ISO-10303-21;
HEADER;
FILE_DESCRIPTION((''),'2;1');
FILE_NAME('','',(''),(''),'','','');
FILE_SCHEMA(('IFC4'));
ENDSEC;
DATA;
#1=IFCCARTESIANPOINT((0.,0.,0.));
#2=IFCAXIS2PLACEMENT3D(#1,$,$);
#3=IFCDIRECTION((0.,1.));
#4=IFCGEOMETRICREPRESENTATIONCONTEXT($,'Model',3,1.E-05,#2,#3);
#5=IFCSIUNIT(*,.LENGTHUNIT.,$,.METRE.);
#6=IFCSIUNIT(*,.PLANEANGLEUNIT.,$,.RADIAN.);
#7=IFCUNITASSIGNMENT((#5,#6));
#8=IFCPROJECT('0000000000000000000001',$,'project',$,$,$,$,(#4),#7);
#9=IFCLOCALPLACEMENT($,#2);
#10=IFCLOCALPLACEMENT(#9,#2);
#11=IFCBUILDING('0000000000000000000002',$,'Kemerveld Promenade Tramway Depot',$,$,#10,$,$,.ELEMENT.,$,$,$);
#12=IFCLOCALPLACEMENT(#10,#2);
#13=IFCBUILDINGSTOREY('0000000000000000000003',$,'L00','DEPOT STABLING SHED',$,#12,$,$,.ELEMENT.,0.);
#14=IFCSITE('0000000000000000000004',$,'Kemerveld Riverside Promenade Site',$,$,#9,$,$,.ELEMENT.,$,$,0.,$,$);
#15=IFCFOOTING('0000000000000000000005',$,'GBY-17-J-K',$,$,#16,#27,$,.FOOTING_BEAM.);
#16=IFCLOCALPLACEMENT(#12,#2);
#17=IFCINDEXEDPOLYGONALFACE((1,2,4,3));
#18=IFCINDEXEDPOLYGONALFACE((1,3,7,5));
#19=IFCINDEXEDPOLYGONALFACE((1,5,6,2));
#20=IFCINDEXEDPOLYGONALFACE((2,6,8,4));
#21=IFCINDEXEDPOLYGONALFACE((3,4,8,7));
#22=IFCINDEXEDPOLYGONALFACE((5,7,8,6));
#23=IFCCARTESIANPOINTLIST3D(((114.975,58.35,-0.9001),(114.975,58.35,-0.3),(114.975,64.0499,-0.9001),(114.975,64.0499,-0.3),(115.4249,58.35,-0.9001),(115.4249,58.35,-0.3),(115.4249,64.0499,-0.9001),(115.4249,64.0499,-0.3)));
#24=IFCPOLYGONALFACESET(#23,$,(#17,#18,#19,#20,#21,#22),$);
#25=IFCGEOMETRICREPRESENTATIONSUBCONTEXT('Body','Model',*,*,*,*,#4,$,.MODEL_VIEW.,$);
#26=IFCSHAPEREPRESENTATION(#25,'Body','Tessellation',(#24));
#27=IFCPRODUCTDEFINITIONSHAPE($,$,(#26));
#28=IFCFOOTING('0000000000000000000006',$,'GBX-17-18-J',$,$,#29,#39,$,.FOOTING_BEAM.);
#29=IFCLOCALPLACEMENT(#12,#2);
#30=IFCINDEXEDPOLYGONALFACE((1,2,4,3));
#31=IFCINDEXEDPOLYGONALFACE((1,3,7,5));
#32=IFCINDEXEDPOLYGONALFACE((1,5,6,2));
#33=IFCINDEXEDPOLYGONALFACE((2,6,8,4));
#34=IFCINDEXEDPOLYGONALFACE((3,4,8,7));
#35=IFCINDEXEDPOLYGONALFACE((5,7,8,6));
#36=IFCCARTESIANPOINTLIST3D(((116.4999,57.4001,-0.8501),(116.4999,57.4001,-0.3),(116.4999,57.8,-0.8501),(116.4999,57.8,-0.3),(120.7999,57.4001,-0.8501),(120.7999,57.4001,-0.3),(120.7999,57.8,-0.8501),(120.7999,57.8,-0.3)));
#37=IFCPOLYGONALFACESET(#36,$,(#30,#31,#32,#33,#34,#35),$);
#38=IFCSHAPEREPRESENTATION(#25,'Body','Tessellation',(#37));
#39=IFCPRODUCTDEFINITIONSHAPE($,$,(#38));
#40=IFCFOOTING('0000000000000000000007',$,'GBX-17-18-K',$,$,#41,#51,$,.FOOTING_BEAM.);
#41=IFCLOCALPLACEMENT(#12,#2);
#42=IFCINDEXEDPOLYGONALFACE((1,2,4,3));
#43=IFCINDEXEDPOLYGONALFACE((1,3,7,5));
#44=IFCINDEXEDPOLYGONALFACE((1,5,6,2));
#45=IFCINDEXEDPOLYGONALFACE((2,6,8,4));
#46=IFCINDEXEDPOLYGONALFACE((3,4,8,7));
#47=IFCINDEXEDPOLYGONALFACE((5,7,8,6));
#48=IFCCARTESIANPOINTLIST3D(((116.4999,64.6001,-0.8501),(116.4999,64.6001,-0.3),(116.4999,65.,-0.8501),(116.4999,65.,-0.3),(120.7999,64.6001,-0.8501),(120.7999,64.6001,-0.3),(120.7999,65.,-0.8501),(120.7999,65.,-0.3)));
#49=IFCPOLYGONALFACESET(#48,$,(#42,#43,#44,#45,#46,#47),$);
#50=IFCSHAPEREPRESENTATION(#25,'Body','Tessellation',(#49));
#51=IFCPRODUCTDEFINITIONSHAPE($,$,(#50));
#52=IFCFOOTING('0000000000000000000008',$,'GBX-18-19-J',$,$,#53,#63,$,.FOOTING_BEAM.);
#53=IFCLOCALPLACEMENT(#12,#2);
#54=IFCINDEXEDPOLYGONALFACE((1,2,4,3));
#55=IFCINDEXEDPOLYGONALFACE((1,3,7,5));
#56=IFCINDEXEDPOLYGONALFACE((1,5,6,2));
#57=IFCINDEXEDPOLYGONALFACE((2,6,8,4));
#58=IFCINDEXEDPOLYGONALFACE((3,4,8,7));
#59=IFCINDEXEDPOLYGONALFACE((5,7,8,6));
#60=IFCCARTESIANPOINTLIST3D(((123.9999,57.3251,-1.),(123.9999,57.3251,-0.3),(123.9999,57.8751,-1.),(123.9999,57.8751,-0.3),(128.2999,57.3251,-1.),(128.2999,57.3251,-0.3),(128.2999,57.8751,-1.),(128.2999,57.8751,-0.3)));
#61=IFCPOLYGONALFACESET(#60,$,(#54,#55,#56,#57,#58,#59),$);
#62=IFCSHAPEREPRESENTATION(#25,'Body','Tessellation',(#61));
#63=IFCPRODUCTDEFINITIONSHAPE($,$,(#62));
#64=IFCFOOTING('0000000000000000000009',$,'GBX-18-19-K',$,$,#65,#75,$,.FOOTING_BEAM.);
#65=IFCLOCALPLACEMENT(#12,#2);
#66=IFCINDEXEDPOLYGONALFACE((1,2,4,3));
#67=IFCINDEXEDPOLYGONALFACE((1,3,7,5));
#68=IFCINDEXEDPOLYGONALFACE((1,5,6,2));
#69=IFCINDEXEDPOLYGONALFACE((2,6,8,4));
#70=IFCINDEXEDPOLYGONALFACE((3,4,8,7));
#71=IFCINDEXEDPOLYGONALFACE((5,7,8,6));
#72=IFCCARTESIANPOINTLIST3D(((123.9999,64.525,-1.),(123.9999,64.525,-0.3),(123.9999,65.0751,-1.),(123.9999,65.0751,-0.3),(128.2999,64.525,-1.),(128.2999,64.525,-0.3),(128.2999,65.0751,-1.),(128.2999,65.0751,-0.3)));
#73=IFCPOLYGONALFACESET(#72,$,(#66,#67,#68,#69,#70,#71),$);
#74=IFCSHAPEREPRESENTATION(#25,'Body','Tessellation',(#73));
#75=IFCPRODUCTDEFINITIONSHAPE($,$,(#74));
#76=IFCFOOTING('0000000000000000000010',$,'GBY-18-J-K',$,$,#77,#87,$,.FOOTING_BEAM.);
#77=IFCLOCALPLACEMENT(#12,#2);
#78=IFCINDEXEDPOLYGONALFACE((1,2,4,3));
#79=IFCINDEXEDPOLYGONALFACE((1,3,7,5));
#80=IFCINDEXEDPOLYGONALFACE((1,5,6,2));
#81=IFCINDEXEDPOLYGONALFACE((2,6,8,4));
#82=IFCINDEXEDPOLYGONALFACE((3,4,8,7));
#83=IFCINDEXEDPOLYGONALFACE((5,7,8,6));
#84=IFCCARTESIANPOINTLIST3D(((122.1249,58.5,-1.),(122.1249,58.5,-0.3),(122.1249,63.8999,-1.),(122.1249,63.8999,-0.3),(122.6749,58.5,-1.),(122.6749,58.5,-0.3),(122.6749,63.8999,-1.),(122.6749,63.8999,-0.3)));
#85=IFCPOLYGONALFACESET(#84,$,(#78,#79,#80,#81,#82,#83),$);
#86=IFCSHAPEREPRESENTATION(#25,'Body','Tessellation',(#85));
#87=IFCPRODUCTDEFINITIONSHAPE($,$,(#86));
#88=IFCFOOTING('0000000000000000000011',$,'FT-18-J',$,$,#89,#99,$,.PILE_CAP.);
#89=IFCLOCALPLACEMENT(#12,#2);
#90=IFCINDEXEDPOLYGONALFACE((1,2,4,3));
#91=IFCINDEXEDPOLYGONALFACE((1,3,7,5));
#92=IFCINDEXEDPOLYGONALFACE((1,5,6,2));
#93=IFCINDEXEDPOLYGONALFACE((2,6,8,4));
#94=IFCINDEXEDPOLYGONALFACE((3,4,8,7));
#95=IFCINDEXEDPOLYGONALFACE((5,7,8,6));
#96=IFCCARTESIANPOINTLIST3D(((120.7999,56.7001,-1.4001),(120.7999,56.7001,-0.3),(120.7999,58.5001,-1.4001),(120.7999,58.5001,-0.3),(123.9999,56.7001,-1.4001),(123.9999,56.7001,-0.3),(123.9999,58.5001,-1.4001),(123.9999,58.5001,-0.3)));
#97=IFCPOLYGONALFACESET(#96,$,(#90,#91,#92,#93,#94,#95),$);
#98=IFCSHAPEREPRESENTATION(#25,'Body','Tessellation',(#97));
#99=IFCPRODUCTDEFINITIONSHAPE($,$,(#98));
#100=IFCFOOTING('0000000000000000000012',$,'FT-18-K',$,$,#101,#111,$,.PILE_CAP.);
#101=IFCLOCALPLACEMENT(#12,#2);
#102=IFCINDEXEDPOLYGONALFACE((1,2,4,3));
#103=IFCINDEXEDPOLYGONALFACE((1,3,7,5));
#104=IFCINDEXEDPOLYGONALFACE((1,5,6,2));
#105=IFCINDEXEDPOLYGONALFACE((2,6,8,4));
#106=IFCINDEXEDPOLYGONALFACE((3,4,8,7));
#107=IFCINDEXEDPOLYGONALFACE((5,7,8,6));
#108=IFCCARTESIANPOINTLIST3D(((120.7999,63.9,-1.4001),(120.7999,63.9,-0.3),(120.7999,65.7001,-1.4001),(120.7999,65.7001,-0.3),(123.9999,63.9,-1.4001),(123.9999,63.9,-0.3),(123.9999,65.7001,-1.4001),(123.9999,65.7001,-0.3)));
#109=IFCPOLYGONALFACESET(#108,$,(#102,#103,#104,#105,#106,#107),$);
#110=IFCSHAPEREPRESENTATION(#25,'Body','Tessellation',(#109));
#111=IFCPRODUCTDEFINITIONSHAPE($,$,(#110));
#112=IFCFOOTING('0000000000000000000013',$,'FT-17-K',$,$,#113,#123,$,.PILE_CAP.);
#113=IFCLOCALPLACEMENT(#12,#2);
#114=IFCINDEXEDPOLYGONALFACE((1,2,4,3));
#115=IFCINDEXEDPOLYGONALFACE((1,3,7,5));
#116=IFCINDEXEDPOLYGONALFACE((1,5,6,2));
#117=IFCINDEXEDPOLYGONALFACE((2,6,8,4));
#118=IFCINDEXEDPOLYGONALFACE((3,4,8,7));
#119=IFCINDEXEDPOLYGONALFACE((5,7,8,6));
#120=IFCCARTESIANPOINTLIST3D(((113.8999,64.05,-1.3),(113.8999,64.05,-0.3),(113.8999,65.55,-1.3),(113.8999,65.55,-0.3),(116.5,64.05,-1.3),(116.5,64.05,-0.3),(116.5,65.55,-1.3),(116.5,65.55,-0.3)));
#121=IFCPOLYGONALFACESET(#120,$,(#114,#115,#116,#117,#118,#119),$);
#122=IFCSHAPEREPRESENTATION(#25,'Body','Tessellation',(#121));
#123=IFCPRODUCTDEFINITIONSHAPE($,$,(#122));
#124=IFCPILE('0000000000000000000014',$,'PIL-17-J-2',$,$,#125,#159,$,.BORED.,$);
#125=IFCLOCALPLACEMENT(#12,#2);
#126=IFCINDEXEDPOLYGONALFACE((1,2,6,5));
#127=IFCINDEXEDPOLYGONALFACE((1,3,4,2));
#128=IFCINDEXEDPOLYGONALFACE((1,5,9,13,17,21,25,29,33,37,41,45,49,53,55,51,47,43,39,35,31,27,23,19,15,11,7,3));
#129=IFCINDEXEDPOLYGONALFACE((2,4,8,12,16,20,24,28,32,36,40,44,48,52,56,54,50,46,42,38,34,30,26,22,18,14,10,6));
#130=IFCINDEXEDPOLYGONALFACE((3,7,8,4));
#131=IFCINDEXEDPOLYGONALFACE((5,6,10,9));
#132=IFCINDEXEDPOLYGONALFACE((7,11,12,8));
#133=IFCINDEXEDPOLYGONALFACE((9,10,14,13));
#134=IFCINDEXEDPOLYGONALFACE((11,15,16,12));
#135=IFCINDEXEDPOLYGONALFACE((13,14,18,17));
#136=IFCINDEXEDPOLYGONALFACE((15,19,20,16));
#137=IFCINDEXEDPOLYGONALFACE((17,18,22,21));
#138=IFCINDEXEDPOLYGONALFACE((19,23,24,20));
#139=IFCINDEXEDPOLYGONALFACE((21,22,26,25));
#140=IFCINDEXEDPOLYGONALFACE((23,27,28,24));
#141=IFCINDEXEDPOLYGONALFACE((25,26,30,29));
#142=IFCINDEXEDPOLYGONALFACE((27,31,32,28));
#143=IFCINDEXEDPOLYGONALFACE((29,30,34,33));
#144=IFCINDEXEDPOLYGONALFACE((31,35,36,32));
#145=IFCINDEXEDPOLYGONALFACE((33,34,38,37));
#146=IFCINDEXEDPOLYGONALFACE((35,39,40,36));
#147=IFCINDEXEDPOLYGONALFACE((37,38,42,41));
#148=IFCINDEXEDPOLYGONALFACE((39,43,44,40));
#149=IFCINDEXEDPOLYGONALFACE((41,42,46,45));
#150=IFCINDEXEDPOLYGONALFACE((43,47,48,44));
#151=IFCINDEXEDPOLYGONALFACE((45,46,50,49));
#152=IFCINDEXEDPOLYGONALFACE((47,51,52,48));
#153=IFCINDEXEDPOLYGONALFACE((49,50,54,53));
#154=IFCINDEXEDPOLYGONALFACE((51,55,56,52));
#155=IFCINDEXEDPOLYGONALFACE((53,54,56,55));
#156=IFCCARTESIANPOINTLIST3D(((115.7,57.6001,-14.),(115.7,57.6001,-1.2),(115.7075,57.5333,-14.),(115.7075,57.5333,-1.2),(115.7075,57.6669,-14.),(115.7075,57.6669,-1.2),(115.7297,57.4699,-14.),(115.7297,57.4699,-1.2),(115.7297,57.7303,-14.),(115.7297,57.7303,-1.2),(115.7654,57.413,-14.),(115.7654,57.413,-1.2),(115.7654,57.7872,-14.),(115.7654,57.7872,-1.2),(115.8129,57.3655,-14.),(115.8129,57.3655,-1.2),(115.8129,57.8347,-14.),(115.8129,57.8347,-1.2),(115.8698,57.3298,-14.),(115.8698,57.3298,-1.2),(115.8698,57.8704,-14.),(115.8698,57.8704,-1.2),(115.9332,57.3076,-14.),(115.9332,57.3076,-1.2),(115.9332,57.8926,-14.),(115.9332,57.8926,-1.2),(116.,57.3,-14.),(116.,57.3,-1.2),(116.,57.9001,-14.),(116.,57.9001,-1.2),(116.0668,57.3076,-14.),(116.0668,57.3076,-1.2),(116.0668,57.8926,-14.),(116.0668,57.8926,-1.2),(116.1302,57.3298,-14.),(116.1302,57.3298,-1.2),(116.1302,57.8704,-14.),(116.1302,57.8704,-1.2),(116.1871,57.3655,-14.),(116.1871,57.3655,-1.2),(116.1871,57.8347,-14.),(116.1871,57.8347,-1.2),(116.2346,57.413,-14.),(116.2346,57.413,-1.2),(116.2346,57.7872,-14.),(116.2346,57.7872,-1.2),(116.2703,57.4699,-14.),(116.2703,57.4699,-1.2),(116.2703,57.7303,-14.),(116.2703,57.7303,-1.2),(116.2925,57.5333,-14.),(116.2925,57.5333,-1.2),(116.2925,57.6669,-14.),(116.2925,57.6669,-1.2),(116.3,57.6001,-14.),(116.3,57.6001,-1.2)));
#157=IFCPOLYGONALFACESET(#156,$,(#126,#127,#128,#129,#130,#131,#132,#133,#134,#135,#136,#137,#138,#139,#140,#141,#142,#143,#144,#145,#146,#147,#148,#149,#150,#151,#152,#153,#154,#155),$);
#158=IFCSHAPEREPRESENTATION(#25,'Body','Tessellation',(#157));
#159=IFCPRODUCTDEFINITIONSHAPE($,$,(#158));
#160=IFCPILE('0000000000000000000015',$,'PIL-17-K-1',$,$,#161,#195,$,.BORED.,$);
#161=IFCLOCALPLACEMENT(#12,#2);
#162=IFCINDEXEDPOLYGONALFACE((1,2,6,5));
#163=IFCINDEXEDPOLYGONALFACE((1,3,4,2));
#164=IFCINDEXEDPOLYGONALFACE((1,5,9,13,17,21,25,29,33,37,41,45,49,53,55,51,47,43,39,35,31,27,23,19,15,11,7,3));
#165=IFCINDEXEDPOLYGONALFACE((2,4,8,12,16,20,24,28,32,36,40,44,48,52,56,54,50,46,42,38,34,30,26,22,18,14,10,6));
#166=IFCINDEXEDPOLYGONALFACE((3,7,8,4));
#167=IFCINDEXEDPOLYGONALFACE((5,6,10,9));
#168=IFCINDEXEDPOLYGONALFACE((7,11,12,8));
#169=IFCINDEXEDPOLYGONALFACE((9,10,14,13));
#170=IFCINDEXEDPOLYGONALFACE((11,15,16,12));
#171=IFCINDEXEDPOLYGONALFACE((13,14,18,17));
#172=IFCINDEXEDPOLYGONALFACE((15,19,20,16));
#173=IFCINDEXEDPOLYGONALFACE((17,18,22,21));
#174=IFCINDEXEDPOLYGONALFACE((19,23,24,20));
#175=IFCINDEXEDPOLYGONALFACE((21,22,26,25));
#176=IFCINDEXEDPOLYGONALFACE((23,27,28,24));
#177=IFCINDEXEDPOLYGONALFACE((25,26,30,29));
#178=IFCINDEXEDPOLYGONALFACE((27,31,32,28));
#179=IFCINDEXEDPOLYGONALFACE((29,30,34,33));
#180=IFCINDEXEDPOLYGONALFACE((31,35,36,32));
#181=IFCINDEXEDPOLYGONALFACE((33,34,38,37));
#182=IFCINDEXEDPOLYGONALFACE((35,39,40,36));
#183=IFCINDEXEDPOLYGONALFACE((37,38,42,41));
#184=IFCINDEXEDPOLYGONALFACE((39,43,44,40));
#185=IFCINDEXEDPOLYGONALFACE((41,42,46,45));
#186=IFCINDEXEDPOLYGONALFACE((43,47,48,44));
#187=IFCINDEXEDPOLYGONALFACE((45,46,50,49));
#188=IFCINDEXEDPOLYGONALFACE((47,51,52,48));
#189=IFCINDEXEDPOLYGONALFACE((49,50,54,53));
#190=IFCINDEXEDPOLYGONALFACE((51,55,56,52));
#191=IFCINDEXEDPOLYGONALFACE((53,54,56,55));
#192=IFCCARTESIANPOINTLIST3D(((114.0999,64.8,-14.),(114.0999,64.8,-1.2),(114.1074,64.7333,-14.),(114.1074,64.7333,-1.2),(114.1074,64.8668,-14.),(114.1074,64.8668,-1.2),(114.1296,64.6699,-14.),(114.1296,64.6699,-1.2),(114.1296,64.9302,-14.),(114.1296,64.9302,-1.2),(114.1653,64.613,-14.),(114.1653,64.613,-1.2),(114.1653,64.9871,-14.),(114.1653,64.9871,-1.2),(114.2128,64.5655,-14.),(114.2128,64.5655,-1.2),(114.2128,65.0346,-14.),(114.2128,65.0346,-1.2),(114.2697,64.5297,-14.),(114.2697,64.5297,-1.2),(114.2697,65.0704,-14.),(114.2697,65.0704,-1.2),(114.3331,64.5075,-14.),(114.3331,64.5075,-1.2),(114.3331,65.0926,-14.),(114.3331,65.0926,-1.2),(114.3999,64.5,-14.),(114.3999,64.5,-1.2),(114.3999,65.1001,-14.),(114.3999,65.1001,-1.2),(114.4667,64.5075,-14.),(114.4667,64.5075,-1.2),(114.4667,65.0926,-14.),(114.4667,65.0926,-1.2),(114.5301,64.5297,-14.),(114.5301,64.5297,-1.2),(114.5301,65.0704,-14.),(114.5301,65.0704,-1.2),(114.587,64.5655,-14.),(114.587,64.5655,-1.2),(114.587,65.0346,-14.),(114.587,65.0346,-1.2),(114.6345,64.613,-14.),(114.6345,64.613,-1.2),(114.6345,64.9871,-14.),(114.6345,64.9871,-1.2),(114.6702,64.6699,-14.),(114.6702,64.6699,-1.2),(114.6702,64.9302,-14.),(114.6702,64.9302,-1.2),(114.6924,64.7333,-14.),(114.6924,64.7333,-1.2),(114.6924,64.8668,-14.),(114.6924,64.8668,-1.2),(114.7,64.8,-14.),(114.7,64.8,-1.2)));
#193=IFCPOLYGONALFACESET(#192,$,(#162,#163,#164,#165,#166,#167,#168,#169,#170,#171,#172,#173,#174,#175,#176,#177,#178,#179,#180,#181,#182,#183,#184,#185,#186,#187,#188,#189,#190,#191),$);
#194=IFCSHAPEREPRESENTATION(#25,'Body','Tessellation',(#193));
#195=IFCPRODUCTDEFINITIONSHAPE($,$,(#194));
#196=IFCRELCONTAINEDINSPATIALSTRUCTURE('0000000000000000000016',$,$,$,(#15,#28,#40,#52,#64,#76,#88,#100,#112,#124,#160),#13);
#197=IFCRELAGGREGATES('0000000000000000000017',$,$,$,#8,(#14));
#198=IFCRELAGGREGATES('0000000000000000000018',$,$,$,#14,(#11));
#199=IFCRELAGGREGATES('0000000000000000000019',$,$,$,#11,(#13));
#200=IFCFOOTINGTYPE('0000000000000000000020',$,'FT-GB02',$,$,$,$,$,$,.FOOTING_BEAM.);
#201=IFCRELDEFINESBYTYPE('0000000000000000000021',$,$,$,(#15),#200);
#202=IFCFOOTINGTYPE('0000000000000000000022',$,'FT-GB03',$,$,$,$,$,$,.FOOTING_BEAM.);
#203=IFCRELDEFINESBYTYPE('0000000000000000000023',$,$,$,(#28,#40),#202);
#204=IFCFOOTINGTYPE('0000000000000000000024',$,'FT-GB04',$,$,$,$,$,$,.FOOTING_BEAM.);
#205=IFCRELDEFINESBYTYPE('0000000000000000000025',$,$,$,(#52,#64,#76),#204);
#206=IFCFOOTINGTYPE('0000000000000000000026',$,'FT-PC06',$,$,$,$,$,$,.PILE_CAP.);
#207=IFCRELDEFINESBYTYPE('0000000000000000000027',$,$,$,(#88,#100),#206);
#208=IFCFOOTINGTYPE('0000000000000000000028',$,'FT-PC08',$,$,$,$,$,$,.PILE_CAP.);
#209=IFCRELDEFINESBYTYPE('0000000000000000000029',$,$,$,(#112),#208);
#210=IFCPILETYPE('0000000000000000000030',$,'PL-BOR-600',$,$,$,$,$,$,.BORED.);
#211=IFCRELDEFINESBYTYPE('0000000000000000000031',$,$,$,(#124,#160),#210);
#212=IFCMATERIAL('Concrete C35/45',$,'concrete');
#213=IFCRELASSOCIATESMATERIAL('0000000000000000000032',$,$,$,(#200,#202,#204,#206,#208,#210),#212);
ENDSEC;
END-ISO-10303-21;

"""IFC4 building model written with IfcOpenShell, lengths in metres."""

from ifc_helpers import new_model, si_unit, direction, frame, origin, origin_2d, place, context, subcontext, project, spatial, rectangle, circle, extrude, material, material_profile, profile_set, type_object, element, save


model = new_model("IFC4")

# Units and contexts
model_context = context("Model", 3, precision=1e-05, world=origin(), true_north=direction((0.0, 1.0)))
body_context = subcontext(model_context, "Body", "Model", "MODEL_VIEW")
ifc_project = project(units=[si_unit("LENGTHUNIT", "METRE"), si_unit("PLANEANGLEUNIT", "RADIAN")], contexts=[model_context])

# Site, building, storey
site_placement = place(None, origin())
site = spatial("IfcSite", under=ifc_project, at=site_placement, Name="Kemerveld Riverside Promenade Site", CompositionType="ELEMENT", RefElevation=0.0)
building_placement = place(site_placement, origin())
building = spatial("IfcBuilding", under=site, at=building_placement, Name="Kemerveld Promenade Tramway Depot", CompositionType="ELEMENT")
storey_placement = place(building_placement, origin())
storey = spatial("IfcBuildingStorey", under=building, at=storey_placement, Name="L00", Description="DEPOT STABLING SHED", CompositionType="ELEMENT", Elevation=0.0)

# Footings
ifc_material_1 = material(Name="Concrete C35/45", Category="concrete")
footing_type_1 = type_object("IfcFootingType", Name="FT-GB02", PredefinedType="FOOTING_BEAM", material=ifc_material_1)
footing_1_placement = place(storey_placement, frame((115.2, 61.2, -0.9001), z_axis=(0.0, 0.0, 1.0), x_axis=(0.0, 1.0, 0.0)))
element("IfcFooting", 1, at=footing_1_placement, inside=storey, type_object=footing_type_1, Name="GBY-17-J-K", PredefinedType="FOOTING_BEAM", context=body_context, shape_type="SweptSolid", body=[
    extrude(rectangle(XDim=5.7, YDim=0.45, at=origin_2d()), origin(), (0.0, 0.0, 1.0), 0.6001),
])
footing_type_2 = type_object("IfcFootingType", Name="FT-GB03", PredefinedType="FOOTING_BEAM", material=ifc_material_1)
for number, where, z_axis, x_axis, name in (
    (2, (118.6499, 57.6001, -0.8501), (0.0, 0.0, 1.0), (1.0, 0.0, 0.0), "GBX-17-18-J"),
    (3, (118.6499, 64.8, -0.8501), (0.0, 0.0, 1.0), (1.0, 0.0, 0.0), "GBX-17-18-K"),
):
    element("IfcFooting", number, at=place(storey_placement, frame(where, z_axis=z_axis, x_axis=x_axis)), inside=storey, type_object=footing_type_2, Name=name, PredefinedType="FOOTING_BEAM", context=body_context, shape_type="SweptSolid", body=[
        extrude(rectangle(XDim=4.3, YDim=0.3999, at=origin_2d()), origin(), (0.0, 0.0, 1.0), 0.55),
    ])
footing_type_3 = type_object("IfcFootingType", Name="FT-GB04", PredefinedType="FOOTING_BEAM", material=ifc_material_1)
for number, where, z_axis, x_axis, name in (
    (4, (126.1499, 57.6001, -1.0), (0.0, 0.0, 1.0), (1.0, 0.0, 0.0), "GBX-18-19-J"),
    (5, (126.1499, 64.8, -1.0), (0.0, 0.0, 1.0), (1.0, 0.0, 0.0), "GBX-18-19-K"),
):
    element("IfcFooting", number, at=place(storey_placement, frame(where, z_axis=z_axis, x_axis=x_axis)), inside=storey, type_object=footing_type_3, Name=name, PredefinedType="FOOTING_BEAM", context=body_context, shape_type="SweptSolid", body=[
        extrude(rectangle(XDim=4.3, YDim=0.55, at=origin_2d()), origin(), (0.0, 0.0, 1.0), 0.7),
    ])
footing_2_placement = place(storey_placement, frame((122.3999, 61.2, -1.0), z_axis=(0.0, 0.0, 1.0), x_axis=(0.0, 1.0, 0.0)))
element("IfcFooting", 6, at=footing_2_placement, inside=storey, type_object=footing_type_3, Name="GBY-18-J-K", PredefinedType="FOOTING_BEAM", context=body_context, shape_type="SweptSolid", body=[
    extrude(rectangle(XDim=5.3999, YDim=0.55, at=origin_2d()), origin(), (0.0, 0.0, 1.0), 0.7),
])
footing_type_4 = type_object("IfcFootingType", Name="FT-PC06", PredefinedType="PILE_CAP", material=ifc_material_1)
for number, where, z_axis, x_axis, name in (
    (7, (122.3999, 57.6001, -1.4001), (0.0, 0.0, 1.0), (1.0, 0.0, 0.0), "FT-18-J"),
    (8, (122.3999, 64.8, -1.4001), (0.0, 0.0, 1.0), (1.0, 0.0, 0.0), "FT-18-K"),
):
    element("IfcFooting", number, at=place(storey_placement, frame(where, z_axis=z_axis, x_axis=x_axis)), inside=storey, type_object=footing_type_4, Name=name, PredefinedType="PILE_CAP", context=body_context, shape_type="SweptSolid", body=[
        extrude(rectangle(XDim=3.2, YDim=1.8, at=origin_2d()), origin(), (0.0, 0.0, 1.0), 1.1001),
    ])
footing_type_5 = type_object("IfcFootingType", Name="FT-PC08", PredefinedType="PILE_CAP", material=ifc_material_1)
footing_3_placement = place(storey_placement, frame((115.2, 64.8, -1.3), z_axis=(0.0, 0.0, 1.0), x_axis=(1.0, 0.0, 0.0)))
element("IfcFooting", 9, at=footing_3_placement, inside=storey, type_object=footing_type_5, Name="FT-17-K", PredefinedType="PILE_CAP", context=body_context, shape_type="SweptSolid", body=[
    extrude(rectangle(XDim=2.6001, YDim=1.5, at=origin_2d()), origin(), (0.0, 0.0, 1.0), 1.0),
])

# Piles
ifc_material_profile_1 = material_profile(ifc_material_1, circle(Radius=0.3, at=origin_2d()), Name="PILE-D600")
ifc_profile_set_1 = profile_set([ifc_material_profile_1], Name="Concrete C35/45")
pile_type_1 = type_object("IfcPileType", Name="PL-BOR-600", PredefinedType="BORED", material=ifc_profile_set_1)
for number, where, z_axis, x_axis, name in (
    (10, (116.0, 57.6001, -1.2), (0.0, 0.0, -1.0), (1.0, 0.0, 0.0), "PIL-17-J-2"),
    (11, (114.3999, 64.8, -1.2), (0.0, 0.0, -1.0), (1.0, 0.0, 0.0), "PIL-17-K-1"),
):
    element("IfcPile", number, at=place(storey_placement, frame(where, z_axis=z_axis, x_axis=x_axis)), inside=storey, type_object=pile_type_1, Name=name, PredefinedType="BORED", context=body_context, shape_type="SweptSolid", body=[
        extrude(circle(Radius=0.3, at=origin_2d()), origin(), (0.0, 0.0, 1.0), 12.8),
    ])

save(model, "model.ifc")
